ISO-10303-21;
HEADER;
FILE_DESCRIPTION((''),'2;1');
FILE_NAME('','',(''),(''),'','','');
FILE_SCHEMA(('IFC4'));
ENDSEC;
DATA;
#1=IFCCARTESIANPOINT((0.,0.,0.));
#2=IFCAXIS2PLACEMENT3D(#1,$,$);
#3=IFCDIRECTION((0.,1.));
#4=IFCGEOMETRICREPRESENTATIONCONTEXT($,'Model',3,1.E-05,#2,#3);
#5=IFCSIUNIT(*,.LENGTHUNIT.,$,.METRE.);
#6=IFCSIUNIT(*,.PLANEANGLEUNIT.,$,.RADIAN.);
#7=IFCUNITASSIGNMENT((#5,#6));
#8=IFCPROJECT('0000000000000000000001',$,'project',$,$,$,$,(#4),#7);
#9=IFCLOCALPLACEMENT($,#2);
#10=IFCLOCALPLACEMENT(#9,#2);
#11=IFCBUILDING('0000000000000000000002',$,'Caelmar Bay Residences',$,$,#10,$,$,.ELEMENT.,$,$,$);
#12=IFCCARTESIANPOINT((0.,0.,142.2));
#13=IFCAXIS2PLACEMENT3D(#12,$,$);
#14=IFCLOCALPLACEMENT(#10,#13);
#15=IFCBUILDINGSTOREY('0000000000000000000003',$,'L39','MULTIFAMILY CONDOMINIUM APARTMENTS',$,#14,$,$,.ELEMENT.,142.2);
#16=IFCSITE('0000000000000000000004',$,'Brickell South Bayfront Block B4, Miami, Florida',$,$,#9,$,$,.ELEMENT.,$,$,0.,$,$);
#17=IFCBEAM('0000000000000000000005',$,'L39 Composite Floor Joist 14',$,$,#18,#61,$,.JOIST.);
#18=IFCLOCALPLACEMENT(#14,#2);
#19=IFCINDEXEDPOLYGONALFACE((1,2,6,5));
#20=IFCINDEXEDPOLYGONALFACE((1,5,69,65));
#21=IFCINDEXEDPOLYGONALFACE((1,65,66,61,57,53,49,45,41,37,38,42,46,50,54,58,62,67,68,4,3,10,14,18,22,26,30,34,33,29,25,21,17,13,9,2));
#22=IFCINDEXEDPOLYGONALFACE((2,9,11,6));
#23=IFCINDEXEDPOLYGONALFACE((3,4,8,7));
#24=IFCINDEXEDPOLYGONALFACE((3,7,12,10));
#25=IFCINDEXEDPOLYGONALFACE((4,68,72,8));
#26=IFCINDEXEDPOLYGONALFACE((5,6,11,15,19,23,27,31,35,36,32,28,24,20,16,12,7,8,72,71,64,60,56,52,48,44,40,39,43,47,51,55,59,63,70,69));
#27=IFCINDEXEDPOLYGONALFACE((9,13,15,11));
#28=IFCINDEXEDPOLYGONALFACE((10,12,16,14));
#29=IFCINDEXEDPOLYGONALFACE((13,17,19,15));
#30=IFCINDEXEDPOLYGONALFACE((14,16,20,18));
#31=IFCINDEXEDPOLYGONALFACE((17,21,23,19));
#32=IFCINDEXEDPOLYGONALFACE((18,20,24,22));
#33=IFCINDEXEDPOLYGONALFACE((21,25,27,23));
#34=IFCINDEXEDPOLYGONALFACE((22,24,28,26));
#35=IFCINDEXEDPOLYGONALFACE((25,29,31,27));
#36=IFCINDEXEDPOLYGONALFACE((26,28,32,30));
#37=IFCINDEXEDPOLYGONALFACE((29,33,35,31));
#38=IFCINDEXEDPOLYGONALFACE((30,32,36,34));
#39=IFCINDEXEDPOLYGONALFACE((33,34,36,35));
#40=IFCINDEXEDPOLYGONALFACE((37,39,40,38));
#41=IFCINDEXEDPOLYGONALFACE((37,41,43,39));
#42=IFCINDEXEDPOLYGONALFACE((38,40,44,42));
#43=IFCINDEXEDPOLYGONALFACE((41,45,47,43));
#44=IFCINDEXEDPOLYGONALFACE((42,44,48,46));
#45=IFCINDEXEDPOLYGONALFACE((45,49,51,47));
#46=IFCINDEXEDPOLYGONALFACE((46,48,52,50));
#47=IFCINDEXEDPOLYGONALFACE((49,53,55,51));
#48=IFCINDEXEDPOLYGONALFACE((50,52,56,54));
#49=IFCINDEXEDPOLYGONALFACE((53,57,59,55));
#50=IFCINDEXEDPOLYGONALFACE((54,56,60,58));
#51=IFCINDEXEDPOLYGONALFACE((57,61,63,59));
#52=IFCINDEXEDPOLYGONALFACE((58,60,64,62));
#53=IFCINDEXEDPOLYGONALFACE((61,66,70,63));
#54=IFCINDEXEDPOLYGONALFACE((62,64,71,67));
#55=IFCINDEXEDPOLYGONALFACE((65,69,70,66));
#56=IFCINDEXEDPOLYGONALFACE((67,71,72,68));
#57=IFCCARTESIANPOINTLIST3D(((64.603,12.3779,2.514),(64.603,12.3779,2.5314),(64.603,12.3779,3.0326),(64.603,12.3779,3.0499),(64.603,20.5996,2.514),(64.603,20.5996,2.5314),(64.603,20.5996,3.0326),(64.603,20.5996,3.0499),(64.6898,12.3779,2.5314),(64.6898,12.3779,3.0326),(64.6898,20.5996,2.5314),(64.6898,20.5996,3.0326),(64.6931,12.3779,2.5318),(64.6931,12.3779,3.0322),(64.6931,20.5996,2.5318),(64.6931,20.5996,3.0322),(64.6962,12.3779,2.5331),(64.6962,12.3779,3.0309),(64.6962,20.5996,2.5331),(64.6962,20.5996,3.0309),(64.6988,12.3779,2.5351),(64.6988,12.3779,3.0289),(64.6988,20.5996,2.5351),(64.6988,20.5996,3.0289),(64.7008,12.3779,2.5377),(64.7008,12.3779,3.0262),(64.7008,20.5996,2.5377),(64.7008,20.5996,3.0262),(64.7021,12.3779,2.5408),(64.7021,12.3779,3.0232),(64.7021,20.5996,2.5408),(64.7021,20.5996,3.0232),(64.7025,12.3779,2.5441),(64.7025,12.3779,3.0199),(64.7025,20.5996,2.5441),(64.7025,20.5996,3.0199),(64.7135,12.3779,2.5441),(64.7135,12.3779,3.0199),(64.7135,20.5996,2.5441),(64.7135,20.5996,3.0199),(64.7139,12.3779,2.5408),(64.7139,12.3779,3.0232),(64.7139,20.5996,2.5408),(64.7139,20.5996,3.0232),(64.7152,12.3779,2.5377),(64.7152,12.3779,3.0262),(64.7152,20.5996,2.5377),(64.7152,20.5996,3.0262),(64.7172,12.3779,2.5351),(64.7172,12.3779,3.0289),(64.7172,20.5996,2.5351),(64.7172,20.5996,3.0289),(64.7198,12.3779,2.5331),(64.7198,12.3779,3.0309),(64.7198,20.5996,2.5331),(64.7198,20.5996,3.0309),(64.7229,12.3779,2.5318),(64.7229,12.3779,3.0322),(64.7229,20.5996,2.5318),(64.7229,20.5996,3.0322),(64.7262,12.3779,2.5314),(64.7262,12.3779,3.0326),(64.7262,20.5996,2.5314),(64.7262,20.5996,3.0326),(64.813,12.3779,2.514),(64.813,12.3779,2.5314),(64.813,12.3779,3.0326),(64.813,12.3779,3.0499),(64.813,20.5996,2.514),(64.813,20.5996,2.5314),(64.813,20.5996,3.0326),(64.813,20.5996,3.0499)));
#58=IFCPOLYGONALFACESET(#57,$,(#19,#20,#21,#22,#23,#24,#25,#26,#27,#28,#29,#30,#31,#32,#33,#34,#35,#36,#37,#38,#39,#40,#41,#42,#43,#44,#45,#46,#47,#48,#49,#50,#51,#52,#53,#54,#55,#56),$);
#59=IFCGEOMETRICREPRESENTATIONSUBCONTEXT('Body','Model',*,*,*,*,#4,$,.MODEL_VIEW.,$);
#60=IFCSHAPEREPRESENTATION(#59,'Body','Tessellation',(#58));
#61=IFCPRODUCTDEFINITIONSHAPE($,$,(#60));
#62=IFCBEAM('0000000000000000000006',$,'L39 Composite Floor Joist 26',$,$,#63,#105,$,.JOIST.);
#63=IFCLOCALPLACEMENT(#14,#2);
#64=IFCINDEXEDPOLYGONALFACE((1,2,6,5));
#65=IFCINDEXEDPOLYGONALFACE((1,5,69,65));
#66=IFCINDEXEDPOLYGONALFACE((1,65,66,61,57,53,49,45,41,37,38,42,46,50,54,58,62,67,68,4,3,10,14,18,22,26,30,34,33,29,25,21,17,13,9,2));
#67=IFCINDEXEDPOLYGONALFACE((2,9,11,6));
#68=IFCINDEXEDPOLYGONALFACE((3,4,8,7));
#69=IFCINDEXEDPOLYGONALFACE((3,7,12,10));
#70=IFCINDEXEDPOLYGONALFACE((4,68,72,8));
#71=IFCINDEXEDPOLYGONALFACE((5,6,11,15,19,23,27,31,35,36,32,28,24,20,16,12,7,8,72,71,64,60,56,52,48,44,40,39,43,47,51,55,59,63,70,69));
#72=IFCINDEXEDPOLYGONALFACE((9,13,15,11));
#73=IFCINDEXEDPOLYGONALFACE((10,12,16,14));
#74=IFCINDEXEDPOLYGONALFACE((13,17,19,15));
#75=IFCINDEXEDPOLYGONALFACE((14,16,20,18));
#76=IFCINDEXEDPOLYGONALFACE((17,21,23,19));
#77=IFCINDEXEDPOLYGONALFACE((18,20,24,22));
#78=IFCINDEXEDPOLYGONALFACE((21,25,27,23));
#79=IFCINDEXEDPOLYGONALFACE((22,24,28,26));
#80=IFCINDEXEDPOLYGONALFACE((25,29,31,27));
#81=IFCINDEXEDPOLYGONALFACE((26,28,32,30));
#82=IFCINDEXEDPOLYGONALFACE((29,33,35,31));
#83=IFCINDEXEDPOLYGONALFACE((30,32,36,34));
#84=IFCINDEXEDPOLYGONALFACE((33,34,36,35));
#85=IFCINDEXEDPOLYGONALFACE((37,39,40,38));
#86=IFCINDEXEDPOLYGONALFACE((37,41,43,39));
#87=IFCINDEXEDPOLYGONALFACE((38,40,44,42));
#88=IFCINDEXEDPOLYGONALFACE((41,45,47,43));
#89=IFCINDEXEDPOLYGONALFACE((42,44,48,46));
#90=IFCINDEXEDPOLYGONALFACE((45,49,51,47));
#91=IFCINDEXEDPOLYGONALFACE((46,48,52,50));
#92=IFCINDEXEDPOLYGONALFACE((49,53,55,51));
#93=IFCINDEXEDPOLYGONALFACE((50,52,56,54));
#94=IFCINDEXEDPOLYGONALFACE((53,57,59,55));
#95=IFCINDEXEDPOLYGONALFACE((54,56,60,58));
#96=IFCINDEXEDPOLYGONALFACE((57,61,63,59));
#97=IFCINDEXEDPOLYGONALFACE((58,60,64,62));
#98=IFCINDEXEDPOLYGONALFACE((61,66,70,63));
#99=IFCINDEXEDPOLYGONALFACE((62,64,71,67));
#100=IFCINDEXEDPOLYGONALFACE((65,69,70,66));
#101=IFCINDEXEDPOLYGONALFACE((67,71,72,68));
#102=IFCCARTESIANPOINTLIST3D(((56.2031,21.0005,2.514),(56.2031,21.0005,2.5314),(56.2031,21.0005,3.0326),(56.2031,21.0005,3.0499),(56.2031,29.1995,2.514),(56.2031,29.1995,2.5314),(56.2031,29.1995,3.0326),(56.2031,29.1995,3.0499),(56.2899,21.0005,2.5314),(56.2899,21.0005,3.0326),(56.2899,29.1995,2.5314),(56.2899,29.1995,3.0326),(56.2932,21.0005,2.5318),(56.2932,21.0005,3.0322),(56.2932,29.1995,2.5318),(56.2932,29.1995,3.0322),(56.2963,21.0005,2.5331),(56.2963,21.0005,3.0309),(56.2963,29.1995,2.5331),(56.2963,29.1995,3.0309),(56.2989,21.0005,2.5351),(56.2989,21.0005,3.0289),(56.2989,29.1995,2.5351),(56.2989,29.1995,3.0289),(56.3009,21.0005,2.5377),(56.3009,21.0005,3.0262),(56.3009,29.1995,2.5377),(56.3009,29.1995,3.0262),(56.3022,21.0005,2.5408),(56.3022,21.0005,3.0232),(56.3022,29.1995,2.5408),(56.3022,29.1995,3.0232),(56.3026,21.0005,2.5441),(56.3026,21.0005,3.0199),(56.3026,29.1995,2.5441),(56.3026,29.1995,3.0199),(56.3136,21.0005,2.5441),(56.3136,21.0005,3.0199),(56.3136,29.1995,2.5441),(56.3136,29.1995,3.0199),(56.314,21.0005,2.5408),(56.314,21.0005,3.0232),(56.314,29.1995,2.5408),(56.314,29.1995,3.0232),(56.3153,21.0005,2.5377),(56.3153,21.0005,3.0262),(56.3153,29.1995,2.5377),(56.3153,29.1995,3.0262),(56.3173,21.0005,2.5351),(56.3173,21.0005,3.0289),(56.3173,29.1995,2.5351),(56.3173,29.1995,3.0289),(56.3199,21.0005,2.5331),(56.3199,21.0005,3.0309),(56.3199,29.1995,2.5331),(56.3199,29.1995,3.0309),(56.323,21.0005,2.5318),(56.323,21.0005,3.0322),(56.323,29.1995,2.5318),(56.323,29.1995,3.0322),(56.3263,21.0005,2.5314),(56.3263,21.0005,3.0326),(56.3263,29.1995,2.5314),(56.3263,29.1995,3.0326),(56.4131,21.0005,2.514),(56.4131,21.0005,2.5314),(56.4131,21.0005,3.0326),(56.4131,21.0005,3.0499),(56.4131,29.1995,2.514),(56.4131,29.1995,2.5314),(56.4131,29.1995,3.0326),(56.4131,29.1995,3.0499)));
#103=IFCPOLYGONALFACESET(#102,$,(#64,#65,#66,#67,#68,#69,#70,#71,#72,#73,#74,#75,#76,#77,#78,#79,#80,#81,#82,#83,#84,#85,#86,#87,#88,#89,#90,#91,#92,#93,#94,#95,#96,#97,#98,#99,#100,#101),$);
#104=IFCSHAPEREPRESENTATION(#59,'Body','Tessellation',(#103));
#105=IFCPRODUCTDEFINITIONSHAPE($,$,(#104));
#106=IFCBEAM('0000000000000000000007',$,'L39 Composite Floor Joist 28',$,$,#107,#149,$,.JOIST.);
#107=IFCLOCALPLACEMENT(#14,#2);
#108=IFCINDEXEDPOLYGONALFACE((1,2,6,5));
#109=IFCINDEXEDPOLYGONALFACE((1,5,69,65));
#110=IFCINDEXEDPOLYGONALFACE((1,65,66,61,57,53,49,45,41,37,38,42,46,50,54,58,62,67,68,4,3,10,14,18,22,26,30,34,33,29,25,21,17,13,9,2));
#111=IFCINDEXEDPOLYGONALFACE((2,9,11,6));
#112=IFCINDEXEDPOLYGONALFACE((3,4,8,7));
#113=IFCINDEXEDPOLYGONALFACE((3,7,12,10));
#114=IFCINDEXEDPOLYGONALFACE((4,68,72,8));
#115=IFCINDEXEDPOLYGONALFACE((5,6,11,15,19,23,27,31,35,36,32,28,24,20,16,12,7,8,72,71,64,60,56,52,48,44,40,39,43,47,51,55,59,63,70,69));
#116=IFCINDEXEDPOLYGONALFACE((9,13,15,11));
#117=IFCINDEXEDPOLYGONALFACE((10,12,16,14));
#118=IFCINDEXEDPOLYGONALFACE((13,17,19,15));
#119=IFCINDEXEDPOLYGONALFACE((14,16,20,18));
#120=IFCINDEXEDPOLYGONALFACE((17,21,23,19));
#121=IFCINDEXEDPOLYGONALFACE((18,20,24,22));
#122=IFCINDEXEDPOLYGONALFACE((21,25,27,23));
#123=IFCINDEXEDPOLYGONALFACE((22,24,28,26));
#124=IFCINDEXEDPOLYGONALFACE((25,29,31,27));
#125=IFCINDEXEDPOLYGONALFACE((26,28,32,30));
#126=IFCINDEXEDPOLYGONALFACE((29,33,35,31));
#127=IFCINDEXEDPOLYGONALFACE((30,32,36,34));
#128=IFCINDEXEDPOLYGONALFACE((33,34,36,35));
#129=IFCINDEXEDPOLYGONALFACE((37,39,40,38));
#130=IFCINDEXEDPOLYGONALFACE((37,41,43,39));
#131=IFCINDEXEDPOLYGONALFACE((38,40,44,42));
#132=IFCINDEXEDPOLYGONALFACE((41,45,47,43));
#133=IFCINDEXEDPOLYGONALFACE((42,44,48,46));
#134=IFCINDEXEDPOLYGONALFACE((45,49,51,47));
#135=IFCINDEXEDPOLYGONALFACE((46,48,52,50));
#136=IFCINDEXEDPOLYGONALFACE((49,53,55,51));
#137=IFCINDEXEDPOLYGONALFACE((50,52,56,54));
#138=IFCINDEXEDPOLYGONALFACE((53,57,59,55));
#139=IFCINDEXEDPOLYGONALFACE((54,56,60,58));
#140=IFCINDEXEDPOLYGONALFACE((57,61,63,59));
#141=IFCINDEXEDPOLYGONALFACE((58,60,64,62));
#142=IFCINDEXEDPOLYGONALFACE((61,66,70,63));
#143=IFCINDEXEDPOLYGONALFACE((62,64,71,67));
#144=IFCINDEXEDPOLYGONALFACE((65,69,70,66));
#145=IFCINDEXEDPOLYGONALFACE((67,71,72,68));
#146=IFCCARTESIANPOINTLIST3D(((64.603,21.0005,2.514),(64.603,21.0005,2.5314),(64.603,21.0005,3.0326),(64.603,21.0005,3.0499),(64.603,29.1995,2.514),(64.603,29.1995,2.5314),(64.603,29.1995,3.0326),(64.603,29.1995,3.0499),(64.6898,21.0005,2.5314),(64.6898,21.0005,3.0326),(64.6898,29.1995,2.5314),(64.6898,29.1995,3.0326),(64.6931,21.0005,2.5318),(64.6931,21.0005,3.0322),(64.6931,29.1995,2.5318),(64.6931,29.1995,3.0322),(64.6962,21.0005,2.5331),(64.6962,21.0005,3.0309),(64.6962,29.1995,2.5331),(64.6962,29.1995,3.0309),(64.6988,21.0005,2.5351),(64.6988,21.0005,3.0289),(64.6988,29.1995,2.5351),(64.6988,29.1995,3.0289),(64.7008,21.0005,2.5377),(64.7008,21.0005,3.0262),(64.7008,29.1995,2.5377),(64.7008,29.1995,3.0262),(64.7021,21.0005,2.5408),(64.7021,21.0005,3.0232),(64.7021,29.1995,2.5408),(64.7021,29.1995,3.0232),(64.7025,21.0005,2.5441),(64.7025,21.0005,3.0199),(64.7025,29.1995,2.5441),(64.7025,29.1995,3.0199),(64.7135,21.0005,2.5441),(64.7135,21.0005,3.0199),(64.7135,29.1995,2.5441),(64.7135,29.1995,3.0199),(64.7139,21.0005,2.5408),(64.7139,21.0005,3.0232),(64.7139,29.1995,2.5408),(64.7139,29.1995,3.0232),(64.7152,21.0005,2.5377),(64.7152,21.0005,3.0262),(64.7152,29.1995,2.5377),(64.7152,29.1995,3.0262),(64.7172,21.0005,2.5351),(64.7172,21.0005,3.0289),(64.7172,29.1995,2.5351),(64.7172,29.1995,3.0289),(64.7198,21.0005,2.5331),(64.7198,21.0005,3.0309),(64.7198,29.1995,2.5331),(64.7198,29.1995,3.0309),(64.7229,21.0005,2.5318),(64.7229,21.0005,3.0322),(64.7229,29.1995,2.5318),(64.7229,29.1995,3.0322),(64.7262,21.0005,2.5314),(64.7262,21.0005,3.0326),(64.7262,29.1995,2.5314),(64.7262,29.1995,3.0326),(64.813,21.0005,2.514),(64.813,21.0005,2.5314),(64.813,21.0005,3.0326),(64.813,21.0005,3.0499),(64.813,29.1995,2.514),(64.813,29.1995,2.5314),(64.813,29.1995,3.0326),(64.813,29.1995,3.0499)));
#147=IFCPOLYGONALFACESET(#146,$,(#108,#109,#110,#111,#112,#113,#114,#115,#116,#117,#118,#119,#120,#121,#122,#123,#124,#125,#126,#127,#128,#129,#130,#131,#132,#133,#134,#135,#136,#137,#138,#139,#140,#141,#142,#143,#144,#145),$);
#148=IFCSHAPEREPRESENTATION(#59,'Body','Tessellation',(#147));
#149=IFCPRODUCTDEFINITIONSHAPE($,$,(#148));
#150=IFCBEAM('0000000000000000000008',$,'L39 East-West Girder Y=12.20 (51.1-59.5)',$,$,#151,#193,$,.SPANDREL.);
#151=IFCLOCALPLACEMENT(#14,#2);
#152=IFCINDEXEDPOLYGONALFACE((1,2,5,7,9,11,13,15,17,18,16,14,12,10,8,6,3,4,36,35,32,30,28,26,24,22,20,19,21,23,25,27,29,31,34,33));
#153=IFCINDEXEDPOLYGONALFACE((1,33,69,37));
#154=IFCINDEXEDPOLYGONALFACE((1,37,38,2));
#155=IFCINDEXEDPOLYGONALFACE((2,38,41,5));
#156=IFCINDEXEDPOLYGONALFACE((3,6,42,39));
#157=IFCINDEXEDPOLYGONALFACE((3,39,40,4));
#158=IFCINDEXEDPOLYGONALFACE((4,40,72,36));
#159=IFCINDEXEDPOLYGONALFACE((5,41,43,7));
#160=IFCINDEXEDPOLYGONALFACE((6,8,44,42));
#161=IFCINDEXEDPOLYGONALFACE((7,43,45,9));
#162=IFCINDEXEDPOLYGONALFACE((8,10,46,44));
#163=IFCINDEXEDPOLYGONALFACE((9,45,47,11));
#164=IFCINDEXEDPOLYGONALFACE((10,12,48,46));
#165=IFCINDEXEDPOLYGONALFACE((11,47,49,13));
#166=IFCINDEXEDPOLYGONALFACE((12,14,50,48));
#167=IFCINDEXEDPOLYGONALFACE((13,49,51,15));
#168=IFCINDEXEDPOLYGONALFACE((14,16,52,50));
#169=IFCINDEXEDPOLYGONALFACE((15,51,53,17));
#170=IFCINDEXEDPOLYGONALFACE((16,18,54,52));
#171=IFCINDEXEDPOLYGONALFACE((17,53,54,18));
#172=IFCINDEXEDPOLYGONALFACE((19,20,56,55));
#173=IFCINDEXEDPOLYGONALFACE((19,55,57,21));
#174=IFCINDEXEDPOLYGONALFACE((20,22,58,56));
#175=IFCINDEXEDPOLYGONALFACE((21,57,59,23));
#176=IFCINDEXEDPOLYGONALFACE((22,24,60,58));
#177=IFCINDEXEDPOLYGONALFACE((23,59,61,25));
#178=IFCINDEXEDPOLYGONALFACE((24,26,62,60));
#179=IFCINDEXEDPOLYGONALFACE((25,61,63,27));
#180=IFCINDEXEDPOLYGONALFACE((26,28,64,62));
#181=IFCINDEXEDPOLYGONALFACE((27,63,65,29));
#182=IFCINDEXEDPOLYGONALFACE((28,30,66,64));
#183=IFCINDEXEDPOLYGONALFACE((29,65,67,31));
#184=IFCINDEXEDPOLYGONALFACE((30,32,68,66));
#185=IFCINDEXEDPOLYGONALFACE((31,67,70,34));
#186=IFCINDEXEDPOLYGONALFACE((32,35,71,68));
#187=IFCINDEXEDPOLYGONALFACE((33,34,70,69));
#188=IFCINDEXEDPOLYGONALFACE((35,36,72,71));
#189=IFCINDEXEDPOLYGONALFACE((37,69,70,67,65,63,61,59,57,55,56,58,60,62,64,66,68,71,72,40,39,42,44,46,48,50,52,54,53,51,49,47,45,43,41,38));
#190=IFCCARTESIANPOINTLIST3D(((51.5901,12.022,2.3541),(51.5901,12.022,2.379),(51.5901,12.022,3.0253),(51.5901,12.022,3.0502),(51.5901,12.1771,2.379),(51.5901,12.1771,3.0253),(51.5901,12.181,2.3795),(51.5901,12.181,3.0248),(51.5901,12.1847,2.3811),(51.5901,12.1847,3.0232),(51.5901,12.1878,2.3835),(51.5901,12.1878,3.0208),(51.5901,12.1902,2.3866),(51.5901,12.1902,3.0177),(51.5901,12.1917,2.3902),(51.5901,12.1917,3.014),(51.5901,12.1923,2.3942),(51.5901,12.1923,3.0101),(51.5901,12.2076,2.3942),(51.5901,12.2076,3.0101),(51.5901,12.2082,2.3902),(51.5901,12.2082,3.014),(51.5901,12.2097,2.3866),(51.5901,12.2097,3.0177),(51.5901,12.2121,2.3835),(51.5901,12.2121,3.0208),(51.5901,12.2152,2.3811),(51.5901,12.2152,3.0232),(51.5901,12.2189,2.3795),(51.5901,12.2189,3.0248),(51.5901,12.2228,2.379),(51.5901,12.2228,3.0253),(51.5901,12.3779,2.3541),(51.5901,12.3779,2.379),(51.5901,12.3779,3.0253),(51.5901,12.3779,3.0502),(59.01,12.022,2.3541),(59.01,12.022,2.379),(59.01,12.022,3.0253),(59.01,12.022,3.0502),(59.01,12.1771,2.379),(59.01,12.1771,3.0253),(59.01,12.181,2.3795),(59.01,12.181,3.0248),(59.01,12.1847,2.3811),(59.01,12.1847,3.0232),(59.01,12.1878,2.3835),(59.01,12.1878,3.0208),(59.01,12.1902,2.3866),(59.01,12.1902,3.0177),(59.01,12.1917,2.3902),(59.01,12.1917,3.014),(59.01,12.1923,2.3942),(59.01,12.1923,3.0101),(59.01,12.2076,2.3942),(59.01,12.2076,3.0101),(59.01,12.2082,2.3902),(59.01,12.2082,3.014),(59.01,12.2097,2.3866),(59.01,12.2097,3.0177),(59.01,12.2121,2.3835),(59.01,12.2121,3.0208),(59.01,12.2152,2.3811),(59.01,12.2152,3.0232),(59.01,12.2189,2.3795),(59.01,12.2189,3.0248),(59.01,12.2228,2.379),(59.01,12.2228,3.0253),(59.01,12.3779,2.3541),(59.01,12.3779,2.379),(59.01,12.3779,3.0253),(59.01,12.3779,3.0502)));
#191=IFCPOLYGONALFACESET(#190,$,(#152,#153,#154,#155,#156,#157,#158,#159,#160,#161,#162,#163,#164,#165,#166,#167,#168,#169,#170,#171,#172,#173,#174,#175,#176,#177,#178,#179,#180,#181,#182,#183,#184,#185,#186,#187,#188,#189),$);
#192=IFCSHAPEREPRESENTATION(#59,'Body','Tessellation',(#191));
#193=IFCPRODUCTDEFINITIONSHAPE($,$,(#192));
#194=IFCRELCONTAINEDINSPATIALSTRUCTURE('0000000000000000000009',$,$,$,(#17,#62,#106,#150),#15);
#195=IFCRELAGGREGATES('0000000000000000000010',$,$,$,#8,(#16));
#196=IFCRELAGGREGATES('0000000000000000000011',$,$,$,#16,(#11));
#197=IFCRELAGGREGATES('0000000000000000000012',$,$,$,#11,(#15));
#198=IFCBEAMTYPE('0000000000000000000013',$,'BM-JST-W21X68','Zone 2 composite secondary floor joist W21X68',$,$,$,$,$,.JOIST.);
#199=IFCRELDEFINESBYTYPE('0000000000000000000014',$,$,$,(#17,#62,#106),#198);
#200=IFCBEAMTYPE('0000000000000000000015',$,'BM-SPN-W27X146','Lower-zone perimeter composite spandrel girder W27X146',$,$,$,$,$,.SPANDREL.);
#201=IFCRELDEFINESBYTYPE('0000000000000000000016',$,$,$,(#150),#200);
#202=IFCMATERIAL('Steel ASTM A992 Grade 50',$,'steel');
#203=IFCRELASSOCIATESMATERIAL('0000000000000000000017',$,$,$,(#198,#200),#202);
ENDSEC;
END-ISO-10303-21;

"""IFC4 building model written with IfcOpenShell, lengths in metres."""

from ifc_helpers import new_model, si_unit, direction, frame, origin, origin_2d, place, context, subcontext, project, spatial, i_section, extrude, material, material_profile, profile_set, type_object, element, save


model = new_model("IFC4")

# Units and contexts
model_context = context("Model", 3, precision=1e-05, world=origin(), true_north=direction((0.0, 1.0)))
body_context = subcontext(model_context, "Body", "Model", "MODEL_VIEW")
ifc_project = project(units=[si_unit("LENGTHUNIT", "METRE"), si_unit("PLANEANGLEUNIT", "RADIAN")], contexts=[model_context])

# Site, building, storey
site_placement = place(None, origin())
site = spatial("IfcSite", under=ifc_project, at=site_placement, Name="Brickell South Bayfront Block B4, Miami, Florida", CompositionType="ELEMENT", RefElevation=0.0)
building_placement = place(site_placement, origin())
building = spatial("IfcBuilding", under=site, at=building_placement, Name="Caelmar Bay Residences", CompositionType="ELEMENT")
storey_placement = place(building_placement, frame((0.0, 0.0, 142.2)))
storey = spatial("IfcBuildingStorey", under=building, at=storey_placement, Name="L39", Description="MULTIFAMILY CONDOMINIUM APARTMENTS", CompositionType="ELEMENT", Elevation=142.2)

# Beams
ifc_material_1 = material(Name="Steel ASTM A992 Grade 50", Category="steel")
ifc_material_profile_1 = material_profile(ifc_material_1, i_section(OverallWidth=0.21, OverallDepth=0.5359, WebThickness=0.011, FlangeThickness=0.0173, FilletRadius=0.0127, at=origin_2d()), Name="W21X68")
ifc_profile_set_1 = profile_set([ifc_material_profile_1], Name="Steel ASTM A992 Grade 50")
beam_type_1 = type_object("IfcBeamType", Name="BM-JST-W21X68", Description="Zone 2 composite secondary floor joist W21X68", PredefinedType="JOIST", material=ifc_profile_set_1)
for number, where, z_axis, x_axis, name in (
    (1, (64.708, 12.3779, 2.782), (0.0, 1.0, 0.0), (-1.0, 0.0, 0.0), "L39 Composite Floor Joist 14"),
):
    element("IfcBeam", number, at=place(storey_placement, frame(where, z_axis=z_axis, x_axis=x_axis)), inside=storey, type_object=beam_type_1, Name=name, PredefinedType="JOIST", context=body_context, shape_type="SweptSolid", body=[
        extrude(i_section(OverallWidth=0.21, OverallDepth=0.5359, WebThickness=0.011, FlangeThickness=0.0173, FilletRadius=0.0127, at=origin_2d()), origin(), (0.0, 0.0, 1.0), 8.2217),
    ])
for number, where, z_axis, x_axis, name in (
    (2, (56.3081, 21.0005, 2.782), (0.0, 1.0, 0.0), (-1.0, 0.0, 0.0), "L39 Composite Floor Joist 26"),
    (3, (64.708, 21.0005, 2.782), (0.0, 1.0, 0.0), (-1.0, 0.0, 0.0), "L39 Composite Floor Joist 28"),
):
    element("IfcBeam", number, at=place(storey_placement, frame(where, z_axis=z_axis, x_axis=x_axis)), inside=storey, type_object=beam_type_1, Name=name, PredefinedType="JOIST", context=body_context, shape_type="SweptSolid", body=[
        extrude(i_section(OverallWidth=0.21, OverallDepth=0.5359, WebThickness=0.011, FlangeThickness=0.0173, FilletRadius=0.0127, at=origin_2d()), origin(), (0.0, 0.0, 1.0), 8.199),
    ])
ifc_material_profile_2 = material_profile(ifc_material_1, i_section(OverallWidth=0.356, OverallDepth=0.696, WebThickness=0.0154, FlangeThickness=0.0249, FilletRadius=0.0151, at=origin_2d()), Name="W27X146")
ifc_profile_set_2 = profile_set([ifc_material_profile_2], Name="Steel ASTM A992 Grade 50")
beam_type_2 = type_object("IfcBeamType", Name="BM-SPN-W27X146", Description="Lower-zone perimeter composite spandrel girder W27X146", PredefinedType="SPANDREL", material=ifc_profile_set_2)
for number, where, z_axis, x_axis, name in (
    (4, (51.5901, 12.2, 2.7021), (1.0, 0.0, 0.0), (0.0, 1.0, 0.0), "L39 East-West Girder Y=12.20 (51.1-59.5)"),
):
    element("IfcBeam", number, at=place(storey_placement, frame(where, z_axis=z_axis, x_axis=x_axis)), inside=storey, type_object=beam_type_2, Name=name, PredefinedType="SPANDREL", context=body_context, shape_type="SweptSolid", body=[
        extrude(i_section(OverallWidth=0.356, OverallDepth=0.696, WebThickness=0.0154, FlangeThickness=0.0249, FilletRadius=0.0151, at=origin_2d()), origin(), (0.0, 0.0, 1.0), 7.4199),
    ])

save(model, "model.ifc")
